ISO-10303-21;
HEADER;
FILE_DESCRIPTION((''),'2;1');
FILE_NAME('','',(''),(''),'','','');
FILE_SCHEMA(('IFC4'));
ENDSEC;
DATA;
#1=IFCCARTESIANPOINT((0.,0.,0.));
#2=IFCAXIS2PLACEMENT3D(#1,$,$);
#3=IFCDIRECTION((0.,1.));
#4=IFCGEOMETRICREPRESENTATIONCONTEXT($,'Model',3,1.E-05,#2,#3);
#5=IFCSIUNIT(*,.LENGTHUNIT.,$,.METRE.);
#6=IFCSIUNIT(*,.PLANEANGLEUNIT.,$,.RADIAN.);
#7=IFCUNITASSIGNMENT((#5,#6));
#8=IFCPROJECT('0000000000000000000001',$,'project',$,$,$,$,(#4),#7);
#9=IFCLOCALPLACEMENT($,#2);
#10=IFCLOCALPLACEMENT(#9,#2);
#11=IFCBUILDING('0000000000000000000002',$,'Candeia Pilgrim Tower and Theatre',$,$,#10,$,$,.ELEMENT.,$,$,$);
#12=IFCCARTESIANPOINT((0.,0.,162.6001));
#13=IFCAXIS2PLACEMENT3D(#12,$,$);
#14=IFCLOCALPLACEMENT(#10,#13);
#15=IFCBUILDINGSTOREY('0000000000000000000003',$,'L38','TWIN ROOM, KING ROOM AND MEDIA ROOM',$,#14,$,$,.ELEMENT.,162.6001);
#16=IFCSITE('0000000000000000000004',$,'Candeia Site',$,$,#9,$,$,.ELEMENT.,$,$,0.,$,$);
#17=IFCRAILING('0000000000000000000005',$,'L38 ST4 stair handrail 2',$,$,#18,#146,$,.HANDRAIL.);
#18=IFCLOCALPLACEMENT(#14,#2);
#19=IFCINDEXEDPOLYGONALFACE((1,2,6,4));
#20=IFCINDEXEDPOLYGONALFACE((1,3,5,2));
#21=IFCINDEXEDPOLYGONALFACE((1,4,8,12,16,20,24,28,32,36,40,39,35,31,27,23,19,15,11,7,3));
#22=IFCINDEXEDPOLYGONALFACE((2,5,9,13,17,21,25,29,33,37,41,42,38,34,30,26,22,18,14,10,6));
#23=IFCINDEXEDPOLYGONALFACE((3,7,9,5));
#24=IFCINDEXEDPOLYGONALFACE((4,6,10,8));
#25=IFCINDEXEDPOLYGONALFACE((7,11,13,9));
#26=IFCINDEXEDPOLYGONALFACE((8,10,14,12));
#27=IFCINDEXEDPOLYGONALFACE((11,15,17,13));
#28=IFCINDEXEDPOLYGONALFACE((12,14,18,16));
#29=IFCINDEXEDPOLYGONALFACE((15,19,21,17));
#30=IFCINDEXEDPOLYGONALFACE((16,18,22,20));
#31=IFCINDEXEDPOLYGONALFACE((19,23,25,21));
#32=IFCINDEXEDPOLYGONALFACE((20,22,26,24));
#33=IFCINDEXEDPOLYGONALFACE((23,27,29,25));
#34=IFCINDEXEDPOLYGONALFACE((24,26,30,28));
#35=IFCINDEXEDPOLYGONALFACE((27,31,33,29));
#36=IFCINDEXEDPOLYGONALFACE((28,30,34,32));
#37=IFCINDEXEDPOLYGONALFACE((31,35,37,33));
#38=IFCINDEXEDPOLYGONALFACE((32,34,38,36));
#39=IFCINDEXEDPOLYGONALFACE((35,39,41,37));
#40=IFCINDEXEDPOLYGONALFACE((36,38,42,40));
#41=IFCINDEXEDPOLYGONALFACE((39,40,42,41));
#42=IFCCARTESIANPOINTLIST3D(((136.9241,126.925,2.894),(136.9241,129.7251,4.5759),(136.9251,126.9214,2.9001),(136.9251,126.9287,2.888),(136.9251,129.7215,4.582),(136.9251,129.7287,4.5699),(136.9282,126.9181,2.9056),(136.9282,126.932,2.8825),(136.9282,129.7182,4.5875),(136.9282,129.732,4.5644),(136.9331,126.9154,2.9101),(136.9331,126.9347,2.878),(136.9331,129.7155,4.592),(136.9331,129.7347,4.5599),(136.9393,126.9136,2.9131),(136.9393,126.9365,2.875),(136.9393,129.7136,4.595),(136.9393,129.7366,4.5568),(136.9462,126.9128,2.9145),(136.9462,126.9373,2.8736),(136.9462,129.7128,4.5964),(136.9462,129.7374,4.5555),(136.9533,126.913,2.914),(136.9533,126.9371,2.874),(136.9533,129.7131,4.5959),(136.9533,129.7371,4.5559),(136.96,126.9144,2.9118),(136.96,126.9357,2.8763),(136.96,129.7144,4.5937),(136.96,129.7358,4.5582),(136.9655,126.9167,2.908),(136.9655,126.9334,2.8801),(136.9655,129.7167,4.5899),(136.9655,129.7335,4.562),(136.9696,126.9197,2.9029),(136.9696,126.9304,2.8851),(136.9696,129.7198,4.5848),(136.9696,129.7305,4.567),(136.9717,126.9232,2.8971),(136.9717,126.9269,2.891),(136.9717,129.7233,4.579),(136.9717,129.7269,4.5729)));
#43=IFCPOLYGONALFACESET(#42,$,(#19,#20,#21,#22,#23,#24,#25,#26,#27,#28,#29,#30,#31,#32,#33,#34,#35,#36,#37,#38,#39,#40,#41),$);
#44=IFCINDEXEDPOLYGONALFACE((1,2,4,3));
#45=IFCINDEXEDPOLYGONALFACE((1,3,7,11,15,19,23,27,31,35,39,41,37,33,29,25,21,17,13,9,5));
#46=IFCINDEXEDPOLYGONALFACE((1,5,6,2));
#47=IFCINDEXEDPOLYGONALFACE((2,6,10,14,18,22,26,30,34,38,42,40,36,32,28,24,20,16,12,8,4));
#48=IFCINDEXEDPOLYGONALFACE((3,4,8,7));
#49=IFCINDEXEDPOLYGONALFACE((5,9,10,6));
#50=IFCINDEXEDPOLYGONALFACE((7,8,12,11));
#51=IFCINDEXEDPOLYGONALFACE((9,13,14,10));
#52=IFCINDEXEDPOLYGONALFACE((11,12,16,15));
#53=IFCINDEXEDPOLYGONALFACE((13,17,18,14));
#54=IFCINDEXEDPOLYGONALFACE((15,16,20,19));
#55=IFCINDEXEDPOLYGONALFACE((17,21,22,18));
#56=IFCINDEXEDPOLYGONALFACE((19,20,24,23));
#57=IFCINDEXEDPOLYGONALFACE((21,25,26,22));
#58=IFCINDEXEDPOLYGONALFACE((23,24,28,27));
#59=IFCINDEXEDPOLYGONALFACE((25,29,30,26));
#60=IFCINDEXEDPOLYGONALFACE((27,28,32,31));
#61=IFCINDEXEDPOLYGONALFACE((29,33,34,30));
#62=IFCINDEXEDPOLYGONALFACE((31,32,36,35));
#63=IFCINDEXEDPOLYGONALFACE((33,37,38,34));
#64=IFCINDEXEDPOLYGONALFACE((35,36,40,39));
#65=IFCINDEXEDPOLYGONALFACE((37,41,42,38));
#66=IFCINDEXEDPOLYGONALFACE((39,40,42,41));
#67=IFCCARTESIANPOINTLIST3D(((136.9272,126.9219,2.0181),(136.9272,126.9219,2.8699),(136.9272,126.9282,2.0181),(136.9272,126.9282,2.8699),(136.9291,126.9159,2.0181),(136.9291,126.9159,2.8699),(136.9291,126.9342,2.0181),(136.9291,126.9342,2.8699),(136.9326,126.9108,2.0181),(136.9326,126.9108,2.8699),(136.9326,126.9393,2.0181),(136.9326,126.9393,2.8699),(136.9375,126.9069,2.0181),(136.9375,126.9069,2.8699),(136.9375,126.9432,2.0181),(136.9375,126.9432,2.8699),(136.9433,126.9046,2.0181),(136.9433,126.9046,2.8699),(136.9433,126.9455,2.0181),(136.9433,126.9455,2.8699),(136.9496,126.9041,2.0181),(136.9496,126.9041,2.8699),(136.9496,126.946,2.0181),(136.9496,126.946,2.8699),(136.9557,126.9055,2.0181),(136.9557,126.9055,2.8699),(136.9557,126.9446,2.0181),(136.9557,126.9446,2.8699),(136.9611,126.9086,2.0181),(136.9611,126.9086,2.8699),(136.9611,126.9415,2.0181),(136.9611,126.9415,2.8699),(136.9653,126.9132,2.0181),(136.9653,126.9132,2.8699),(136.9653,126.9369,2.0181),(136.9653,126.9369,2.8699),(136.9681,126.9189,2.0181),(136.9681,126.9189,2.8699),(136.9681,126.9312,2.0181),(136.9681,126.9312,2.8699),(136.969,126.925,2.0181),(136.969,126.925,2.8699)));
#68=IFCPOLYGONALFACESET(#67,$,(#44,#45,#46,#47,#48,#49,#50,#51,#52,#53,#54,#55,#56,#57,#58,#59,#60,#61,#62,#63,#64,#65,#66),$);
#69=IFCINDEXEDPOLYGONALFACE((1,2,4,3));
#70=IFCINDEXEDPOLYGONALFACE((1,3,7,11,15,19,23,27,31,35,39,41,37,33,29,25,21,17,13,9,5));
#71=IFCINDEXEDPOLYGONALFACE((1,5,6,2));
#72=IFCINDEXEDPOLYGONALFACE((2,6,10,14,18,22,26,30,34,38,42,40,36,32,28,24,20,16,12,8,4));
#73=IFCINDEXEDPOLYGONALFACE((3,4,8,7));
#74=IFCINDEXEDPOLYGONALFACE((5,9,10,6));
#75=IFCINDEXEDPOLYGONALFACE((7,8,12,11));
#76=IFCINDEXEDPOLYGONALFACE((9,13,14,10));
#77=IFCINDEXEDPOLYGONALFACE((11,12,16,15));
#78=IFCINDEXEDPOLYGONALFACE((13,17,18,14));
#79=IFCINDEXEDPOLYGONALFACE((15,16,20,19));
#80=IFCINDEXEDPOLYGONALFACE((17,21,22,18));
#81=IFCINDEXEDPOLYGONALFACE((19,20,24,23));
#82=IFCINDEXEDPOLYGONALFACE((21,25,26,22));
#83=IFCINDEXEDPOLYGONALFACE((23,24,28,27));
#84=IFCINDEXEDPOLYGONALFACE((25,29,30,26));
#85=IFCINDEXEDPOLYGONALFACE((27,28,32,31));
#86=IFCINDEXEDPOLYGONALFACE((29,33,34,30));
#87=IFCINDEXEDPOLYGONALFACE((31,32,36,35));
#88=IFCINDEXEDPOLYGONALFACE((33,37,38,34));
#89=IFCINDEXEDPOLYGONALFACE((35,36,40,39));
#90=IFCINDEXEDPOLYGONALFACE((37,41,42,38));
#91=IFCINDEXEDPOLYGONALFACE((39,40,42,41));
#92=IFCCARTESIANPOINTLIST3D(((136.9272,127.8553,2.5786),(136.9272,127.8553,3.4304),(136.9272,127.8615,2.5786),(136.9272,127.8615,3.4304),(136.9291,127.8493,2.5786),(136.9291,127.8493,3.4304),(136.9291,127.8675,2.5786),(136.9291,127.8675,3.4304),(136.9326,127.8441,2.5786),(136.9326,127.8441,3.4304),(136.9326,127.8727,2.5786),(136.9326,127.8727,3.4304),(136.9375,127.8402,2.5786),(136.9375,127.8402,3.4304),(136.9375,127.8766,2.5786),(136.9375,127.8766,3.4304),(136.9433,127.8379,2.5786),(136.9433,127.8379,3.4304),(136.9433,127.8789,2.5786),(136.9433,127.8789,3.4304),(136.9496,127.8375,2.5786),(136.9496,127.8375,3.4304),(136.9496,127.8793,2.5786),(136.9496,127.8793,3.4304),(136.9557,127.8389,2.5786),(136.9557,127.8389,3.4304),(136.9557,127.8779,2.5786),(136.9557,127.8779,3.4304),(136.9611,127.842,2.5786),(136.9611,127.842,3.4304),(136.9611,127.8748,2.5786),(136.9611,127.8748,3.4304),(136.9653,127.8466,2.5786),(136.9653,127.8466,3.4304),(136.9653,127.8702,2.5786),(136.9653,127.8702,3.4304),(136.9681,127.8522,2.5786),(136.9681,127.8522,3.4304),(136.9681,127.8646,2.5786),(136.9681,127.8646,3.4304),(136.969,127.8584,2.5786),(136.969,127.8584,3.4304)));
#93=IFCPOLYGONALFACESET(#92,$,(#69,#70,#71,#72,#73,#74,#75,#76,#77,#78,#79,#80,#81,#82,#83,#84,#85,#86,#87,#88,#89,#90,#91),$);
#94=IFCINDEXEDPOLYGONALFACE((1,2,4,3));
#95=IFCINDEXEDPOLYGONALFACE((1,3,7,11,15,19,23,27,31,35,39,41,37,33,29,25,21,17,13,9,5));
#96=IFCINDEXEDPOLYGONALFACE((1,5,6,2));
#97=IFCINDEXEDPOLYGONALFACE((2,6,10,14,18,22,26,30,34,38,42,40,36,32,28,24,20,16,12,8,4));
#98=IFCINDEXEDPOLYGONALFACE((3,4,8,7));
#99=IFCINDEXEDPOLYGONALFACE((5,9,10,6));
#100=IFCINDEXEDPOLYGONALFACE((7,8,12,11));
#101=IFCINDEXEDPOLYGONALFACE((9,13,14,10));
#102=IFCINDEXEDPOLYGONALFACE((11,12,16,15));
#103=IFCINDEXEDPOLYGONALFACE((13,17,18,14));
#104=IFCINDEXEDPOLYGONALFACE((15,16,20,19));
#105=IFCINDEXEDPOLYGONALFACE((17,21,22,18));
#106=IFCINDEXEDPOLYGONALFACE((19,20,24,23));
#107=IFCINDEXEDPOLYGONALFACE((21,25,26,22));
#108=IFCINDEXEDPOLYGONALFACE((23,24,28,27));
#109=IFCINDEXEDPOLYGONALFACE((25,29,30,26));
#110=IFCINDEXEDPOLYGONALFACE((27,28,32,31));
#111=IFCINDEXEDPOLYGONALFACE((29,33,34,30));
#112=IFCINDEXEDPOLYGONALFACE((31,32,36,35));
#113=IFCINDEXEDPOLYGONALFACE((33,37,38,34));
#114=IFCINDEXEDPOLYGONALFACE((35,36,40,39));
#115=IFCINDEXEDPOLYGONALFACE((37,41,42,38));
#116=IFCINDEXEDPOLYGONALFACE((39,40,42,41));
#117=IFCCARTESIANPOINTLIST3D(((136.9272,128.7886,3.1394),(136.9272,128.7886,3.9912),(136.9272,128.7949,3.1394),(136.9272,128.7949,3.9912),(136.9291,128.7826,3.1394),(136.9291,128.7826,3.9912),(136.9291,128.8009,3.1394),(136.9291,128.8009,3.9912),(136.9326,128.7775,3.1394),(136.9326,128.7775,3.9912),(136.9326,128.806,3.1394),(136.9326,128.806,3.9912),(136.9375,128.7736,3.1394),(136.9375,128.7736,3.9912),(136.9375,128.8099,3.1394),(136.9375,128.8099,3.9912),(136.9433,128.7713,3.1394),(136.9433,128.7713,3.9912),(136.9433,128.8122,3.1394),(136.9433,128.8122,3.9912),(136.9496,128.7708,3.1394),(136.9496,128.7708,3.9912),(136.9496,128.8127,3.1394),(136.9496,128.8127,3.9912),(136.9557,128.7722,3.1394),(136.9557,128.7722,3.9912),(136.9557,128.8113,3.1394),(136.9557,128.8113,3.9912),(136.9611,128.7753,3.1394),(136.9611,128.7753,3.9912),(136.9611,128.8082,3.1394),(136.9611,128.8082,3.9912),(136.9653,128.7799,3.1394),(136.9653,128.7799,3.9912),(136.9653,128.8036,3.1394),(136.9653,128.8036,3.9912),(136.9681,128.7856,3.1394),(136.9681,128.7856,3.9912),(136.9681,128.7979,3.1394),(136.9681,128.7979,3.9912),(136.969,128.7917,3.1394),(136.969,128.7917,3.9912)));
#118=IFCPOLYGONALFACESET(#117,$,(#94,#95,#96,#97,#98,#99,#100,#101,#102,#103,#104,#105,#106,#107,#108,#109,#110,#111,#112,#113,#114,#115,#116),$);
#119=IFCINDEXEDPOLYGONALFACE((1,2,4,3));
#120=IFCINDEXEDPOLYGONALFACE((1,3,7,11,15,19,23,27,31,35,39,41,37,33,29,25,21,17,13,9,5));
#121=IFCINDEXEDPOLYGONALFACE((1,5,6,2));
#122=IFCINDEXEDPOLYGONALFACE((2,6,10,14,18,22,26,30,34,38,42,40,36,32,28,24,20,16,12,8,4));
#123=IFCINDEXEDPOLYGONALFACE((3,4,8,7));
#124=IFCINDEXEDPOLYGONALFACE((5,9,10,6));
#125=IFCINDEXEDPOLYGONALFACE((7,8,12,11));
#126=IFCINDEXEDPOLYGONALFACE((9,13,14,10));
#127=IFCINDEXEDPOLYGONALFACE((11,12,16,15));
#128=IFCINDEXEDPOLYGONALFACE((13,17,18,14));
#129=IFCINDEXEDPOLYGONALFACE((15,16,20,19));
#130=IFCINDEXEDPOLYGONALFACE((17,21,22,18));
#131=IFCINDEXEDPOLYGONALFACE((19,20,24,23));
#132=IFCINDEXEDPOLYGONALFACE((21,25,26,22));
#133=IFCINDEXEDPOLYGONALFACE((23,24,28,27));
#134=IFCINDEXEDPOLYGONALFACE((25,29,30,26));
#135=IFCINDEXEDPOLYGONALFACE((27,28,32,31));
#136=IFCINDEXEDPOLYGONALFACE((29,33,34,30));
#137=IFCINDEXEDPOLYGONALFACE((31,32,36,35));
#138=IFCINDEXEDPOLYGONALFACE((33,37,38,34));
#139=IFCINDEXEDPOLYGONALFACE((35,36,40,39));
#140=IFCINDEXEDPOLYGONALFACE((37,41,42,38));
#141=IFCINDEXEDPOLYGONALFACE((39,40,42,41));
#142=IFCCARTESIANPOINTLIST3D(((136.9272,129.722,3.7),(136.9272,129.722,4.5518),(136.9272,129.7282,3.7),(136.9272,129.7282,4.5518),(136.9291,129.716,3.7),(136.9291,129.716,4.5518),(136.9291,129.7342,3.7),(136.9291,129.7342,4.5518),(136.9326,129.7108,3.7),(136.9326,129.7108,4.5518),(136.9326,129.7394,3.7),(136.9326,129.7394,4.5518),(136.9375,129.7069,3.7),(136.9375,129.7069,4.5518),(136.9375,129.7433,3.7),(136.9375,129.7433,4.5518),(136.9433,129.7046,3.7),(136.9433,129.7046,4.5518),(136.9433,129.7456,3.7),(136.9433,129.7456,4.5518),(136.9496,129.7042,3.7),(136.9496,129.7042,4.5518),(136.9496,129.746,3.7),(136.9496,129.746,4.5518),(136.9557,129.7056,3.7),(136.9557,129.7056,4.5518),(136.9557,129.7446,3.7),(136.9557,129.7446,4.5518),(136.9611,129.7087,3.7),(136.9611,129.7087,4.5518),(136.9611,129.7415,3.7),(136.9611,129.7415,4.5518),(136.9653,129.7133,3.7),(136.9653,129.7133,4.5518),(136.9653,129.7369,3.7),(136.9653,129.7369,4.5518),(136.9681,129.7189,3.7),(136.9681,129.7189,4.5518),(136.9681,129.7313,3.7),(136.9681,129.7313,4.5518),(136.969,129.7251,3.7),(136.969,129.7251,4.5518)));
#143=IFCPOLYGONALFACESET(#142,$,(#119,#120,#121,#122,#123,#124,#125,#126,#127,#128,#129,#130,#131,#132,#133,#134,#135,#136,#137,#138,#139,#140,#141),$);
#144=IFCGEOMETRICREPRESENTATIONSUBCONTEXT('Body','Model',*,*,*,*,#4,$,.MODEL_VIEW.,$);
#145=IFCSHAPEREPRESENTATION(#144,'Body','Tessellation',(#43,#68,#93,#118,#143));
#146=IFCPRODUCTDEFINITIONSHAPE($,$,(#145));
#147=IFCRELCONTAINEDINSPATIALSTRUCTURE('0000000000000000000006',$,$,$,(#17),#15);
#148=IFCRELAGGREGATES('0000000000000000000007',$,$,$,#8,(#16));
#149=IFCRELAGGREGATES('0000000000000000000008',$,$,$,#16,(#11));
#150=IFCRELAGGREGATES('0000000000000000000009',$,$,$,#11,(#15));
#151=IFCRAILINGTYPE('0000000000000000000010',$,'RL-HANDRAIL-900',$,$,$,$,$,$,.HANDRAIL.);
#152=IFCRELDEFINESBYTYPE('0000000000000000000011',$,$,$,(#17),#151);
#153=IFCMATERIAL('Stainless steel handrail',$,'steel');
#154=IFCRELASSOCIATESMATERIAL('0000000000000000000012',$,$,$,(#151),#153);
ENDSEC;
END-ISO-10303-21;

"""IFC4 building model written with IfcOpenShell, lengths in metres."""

from ifc_helpers import new_model, si_unit, direction, frame, origin, origin_2d, place, context, subcontext, project, spatial, circle, extrude, material, type_object, element, save


model = new_model("IFC4")

# Units and contexts
model_context = context("Model", 3, precision=1e-05, world=origin(), true_north=direction((0.0, 1.0)))
body_context = subcontext(model_context, "Body", "Model", "MODEL_VIEW")
ifc_project = project(units=[si_unit("LENGTHUNIT", "METRE"), si_unit("PLANEANGLEUNIT", "RADIAN")], contexts=[model_context])

# Site, building, storey
site_placement = place(None, origin())
site = spatial("IfcSite", under=ifc_project, at=site_placement, Name="Candeia Site", CompositionType="ELEMENT", RefElevation=0.0)
building_placement = place(site_placement, origin())
building = spatial("IfcBuilding", under=site, at=building_placement, Name="Candeia Pilgrim Tower and Theatre", CompositionType="ELEMENT")
storey_placement = place(building_placement, frame((0.0, 0.0, 162.6001)))
storey = spatial("IfcBuildingStorey", under=building, at=storey_placement, Name="L38", Description="TWIN ROOM, KING ROOM AND MEDIA ROOM", CompositionType="ELEMENT", Elevation=162.6001)

# Railing
ifc_material_1 = material(Name="Stainless steel handrail", Category="steel")
railing_type_1 = type_object("IfcRailingType", Name="RL-HANDRAIL-900", PredefinedType="HANDRAIL", material=ifc_material_1)
railing_1_placement = place(storey_placement, frame((136.948, 126.925, 2.0181)))
element("IfcRailing", 1, at=railing_1_placement, inside=storey, type_object=railing_type_1, Name="L38 ST4 stair handrail 2", PredefinedType="HANDRAIL", context=body_context, shape_type="SweptSolid", body=[
    extrude(circle(Radius=0.0239, at=origin_2d()), frame((0.0, 0.0, 0.876), z_axis=(0.0, 0.857242, 0.514913), x_axis=(-1.0, 0.0, 0.0)), (0.0, 0.0, 1.0), 3.2664),
    extrude(circle(Radius=0.021, at=origin_2d()), origin(), (0.0, 0.0, 1.0), 0.8518),
    extrude(circle(Radius=0.021, at=origin_2d()), frame((0.0, 0.9333, 0.5605)), (0.0, 0.0, 1.0), 0.8518),
    extrude(circle(Radius=0.021, at=origin_2d()), frame((0.0, 1.8667, 1.1213)), (0.0, 0.0, 1.0), 0.8518),
    extrude(circle(Radius=0.021, at=origin_2d()), frame((0.0, 2.8, 1.6819)), (0.0, 0.0, 1.0), 0.8518),
])

save(model, "model.ifc")
